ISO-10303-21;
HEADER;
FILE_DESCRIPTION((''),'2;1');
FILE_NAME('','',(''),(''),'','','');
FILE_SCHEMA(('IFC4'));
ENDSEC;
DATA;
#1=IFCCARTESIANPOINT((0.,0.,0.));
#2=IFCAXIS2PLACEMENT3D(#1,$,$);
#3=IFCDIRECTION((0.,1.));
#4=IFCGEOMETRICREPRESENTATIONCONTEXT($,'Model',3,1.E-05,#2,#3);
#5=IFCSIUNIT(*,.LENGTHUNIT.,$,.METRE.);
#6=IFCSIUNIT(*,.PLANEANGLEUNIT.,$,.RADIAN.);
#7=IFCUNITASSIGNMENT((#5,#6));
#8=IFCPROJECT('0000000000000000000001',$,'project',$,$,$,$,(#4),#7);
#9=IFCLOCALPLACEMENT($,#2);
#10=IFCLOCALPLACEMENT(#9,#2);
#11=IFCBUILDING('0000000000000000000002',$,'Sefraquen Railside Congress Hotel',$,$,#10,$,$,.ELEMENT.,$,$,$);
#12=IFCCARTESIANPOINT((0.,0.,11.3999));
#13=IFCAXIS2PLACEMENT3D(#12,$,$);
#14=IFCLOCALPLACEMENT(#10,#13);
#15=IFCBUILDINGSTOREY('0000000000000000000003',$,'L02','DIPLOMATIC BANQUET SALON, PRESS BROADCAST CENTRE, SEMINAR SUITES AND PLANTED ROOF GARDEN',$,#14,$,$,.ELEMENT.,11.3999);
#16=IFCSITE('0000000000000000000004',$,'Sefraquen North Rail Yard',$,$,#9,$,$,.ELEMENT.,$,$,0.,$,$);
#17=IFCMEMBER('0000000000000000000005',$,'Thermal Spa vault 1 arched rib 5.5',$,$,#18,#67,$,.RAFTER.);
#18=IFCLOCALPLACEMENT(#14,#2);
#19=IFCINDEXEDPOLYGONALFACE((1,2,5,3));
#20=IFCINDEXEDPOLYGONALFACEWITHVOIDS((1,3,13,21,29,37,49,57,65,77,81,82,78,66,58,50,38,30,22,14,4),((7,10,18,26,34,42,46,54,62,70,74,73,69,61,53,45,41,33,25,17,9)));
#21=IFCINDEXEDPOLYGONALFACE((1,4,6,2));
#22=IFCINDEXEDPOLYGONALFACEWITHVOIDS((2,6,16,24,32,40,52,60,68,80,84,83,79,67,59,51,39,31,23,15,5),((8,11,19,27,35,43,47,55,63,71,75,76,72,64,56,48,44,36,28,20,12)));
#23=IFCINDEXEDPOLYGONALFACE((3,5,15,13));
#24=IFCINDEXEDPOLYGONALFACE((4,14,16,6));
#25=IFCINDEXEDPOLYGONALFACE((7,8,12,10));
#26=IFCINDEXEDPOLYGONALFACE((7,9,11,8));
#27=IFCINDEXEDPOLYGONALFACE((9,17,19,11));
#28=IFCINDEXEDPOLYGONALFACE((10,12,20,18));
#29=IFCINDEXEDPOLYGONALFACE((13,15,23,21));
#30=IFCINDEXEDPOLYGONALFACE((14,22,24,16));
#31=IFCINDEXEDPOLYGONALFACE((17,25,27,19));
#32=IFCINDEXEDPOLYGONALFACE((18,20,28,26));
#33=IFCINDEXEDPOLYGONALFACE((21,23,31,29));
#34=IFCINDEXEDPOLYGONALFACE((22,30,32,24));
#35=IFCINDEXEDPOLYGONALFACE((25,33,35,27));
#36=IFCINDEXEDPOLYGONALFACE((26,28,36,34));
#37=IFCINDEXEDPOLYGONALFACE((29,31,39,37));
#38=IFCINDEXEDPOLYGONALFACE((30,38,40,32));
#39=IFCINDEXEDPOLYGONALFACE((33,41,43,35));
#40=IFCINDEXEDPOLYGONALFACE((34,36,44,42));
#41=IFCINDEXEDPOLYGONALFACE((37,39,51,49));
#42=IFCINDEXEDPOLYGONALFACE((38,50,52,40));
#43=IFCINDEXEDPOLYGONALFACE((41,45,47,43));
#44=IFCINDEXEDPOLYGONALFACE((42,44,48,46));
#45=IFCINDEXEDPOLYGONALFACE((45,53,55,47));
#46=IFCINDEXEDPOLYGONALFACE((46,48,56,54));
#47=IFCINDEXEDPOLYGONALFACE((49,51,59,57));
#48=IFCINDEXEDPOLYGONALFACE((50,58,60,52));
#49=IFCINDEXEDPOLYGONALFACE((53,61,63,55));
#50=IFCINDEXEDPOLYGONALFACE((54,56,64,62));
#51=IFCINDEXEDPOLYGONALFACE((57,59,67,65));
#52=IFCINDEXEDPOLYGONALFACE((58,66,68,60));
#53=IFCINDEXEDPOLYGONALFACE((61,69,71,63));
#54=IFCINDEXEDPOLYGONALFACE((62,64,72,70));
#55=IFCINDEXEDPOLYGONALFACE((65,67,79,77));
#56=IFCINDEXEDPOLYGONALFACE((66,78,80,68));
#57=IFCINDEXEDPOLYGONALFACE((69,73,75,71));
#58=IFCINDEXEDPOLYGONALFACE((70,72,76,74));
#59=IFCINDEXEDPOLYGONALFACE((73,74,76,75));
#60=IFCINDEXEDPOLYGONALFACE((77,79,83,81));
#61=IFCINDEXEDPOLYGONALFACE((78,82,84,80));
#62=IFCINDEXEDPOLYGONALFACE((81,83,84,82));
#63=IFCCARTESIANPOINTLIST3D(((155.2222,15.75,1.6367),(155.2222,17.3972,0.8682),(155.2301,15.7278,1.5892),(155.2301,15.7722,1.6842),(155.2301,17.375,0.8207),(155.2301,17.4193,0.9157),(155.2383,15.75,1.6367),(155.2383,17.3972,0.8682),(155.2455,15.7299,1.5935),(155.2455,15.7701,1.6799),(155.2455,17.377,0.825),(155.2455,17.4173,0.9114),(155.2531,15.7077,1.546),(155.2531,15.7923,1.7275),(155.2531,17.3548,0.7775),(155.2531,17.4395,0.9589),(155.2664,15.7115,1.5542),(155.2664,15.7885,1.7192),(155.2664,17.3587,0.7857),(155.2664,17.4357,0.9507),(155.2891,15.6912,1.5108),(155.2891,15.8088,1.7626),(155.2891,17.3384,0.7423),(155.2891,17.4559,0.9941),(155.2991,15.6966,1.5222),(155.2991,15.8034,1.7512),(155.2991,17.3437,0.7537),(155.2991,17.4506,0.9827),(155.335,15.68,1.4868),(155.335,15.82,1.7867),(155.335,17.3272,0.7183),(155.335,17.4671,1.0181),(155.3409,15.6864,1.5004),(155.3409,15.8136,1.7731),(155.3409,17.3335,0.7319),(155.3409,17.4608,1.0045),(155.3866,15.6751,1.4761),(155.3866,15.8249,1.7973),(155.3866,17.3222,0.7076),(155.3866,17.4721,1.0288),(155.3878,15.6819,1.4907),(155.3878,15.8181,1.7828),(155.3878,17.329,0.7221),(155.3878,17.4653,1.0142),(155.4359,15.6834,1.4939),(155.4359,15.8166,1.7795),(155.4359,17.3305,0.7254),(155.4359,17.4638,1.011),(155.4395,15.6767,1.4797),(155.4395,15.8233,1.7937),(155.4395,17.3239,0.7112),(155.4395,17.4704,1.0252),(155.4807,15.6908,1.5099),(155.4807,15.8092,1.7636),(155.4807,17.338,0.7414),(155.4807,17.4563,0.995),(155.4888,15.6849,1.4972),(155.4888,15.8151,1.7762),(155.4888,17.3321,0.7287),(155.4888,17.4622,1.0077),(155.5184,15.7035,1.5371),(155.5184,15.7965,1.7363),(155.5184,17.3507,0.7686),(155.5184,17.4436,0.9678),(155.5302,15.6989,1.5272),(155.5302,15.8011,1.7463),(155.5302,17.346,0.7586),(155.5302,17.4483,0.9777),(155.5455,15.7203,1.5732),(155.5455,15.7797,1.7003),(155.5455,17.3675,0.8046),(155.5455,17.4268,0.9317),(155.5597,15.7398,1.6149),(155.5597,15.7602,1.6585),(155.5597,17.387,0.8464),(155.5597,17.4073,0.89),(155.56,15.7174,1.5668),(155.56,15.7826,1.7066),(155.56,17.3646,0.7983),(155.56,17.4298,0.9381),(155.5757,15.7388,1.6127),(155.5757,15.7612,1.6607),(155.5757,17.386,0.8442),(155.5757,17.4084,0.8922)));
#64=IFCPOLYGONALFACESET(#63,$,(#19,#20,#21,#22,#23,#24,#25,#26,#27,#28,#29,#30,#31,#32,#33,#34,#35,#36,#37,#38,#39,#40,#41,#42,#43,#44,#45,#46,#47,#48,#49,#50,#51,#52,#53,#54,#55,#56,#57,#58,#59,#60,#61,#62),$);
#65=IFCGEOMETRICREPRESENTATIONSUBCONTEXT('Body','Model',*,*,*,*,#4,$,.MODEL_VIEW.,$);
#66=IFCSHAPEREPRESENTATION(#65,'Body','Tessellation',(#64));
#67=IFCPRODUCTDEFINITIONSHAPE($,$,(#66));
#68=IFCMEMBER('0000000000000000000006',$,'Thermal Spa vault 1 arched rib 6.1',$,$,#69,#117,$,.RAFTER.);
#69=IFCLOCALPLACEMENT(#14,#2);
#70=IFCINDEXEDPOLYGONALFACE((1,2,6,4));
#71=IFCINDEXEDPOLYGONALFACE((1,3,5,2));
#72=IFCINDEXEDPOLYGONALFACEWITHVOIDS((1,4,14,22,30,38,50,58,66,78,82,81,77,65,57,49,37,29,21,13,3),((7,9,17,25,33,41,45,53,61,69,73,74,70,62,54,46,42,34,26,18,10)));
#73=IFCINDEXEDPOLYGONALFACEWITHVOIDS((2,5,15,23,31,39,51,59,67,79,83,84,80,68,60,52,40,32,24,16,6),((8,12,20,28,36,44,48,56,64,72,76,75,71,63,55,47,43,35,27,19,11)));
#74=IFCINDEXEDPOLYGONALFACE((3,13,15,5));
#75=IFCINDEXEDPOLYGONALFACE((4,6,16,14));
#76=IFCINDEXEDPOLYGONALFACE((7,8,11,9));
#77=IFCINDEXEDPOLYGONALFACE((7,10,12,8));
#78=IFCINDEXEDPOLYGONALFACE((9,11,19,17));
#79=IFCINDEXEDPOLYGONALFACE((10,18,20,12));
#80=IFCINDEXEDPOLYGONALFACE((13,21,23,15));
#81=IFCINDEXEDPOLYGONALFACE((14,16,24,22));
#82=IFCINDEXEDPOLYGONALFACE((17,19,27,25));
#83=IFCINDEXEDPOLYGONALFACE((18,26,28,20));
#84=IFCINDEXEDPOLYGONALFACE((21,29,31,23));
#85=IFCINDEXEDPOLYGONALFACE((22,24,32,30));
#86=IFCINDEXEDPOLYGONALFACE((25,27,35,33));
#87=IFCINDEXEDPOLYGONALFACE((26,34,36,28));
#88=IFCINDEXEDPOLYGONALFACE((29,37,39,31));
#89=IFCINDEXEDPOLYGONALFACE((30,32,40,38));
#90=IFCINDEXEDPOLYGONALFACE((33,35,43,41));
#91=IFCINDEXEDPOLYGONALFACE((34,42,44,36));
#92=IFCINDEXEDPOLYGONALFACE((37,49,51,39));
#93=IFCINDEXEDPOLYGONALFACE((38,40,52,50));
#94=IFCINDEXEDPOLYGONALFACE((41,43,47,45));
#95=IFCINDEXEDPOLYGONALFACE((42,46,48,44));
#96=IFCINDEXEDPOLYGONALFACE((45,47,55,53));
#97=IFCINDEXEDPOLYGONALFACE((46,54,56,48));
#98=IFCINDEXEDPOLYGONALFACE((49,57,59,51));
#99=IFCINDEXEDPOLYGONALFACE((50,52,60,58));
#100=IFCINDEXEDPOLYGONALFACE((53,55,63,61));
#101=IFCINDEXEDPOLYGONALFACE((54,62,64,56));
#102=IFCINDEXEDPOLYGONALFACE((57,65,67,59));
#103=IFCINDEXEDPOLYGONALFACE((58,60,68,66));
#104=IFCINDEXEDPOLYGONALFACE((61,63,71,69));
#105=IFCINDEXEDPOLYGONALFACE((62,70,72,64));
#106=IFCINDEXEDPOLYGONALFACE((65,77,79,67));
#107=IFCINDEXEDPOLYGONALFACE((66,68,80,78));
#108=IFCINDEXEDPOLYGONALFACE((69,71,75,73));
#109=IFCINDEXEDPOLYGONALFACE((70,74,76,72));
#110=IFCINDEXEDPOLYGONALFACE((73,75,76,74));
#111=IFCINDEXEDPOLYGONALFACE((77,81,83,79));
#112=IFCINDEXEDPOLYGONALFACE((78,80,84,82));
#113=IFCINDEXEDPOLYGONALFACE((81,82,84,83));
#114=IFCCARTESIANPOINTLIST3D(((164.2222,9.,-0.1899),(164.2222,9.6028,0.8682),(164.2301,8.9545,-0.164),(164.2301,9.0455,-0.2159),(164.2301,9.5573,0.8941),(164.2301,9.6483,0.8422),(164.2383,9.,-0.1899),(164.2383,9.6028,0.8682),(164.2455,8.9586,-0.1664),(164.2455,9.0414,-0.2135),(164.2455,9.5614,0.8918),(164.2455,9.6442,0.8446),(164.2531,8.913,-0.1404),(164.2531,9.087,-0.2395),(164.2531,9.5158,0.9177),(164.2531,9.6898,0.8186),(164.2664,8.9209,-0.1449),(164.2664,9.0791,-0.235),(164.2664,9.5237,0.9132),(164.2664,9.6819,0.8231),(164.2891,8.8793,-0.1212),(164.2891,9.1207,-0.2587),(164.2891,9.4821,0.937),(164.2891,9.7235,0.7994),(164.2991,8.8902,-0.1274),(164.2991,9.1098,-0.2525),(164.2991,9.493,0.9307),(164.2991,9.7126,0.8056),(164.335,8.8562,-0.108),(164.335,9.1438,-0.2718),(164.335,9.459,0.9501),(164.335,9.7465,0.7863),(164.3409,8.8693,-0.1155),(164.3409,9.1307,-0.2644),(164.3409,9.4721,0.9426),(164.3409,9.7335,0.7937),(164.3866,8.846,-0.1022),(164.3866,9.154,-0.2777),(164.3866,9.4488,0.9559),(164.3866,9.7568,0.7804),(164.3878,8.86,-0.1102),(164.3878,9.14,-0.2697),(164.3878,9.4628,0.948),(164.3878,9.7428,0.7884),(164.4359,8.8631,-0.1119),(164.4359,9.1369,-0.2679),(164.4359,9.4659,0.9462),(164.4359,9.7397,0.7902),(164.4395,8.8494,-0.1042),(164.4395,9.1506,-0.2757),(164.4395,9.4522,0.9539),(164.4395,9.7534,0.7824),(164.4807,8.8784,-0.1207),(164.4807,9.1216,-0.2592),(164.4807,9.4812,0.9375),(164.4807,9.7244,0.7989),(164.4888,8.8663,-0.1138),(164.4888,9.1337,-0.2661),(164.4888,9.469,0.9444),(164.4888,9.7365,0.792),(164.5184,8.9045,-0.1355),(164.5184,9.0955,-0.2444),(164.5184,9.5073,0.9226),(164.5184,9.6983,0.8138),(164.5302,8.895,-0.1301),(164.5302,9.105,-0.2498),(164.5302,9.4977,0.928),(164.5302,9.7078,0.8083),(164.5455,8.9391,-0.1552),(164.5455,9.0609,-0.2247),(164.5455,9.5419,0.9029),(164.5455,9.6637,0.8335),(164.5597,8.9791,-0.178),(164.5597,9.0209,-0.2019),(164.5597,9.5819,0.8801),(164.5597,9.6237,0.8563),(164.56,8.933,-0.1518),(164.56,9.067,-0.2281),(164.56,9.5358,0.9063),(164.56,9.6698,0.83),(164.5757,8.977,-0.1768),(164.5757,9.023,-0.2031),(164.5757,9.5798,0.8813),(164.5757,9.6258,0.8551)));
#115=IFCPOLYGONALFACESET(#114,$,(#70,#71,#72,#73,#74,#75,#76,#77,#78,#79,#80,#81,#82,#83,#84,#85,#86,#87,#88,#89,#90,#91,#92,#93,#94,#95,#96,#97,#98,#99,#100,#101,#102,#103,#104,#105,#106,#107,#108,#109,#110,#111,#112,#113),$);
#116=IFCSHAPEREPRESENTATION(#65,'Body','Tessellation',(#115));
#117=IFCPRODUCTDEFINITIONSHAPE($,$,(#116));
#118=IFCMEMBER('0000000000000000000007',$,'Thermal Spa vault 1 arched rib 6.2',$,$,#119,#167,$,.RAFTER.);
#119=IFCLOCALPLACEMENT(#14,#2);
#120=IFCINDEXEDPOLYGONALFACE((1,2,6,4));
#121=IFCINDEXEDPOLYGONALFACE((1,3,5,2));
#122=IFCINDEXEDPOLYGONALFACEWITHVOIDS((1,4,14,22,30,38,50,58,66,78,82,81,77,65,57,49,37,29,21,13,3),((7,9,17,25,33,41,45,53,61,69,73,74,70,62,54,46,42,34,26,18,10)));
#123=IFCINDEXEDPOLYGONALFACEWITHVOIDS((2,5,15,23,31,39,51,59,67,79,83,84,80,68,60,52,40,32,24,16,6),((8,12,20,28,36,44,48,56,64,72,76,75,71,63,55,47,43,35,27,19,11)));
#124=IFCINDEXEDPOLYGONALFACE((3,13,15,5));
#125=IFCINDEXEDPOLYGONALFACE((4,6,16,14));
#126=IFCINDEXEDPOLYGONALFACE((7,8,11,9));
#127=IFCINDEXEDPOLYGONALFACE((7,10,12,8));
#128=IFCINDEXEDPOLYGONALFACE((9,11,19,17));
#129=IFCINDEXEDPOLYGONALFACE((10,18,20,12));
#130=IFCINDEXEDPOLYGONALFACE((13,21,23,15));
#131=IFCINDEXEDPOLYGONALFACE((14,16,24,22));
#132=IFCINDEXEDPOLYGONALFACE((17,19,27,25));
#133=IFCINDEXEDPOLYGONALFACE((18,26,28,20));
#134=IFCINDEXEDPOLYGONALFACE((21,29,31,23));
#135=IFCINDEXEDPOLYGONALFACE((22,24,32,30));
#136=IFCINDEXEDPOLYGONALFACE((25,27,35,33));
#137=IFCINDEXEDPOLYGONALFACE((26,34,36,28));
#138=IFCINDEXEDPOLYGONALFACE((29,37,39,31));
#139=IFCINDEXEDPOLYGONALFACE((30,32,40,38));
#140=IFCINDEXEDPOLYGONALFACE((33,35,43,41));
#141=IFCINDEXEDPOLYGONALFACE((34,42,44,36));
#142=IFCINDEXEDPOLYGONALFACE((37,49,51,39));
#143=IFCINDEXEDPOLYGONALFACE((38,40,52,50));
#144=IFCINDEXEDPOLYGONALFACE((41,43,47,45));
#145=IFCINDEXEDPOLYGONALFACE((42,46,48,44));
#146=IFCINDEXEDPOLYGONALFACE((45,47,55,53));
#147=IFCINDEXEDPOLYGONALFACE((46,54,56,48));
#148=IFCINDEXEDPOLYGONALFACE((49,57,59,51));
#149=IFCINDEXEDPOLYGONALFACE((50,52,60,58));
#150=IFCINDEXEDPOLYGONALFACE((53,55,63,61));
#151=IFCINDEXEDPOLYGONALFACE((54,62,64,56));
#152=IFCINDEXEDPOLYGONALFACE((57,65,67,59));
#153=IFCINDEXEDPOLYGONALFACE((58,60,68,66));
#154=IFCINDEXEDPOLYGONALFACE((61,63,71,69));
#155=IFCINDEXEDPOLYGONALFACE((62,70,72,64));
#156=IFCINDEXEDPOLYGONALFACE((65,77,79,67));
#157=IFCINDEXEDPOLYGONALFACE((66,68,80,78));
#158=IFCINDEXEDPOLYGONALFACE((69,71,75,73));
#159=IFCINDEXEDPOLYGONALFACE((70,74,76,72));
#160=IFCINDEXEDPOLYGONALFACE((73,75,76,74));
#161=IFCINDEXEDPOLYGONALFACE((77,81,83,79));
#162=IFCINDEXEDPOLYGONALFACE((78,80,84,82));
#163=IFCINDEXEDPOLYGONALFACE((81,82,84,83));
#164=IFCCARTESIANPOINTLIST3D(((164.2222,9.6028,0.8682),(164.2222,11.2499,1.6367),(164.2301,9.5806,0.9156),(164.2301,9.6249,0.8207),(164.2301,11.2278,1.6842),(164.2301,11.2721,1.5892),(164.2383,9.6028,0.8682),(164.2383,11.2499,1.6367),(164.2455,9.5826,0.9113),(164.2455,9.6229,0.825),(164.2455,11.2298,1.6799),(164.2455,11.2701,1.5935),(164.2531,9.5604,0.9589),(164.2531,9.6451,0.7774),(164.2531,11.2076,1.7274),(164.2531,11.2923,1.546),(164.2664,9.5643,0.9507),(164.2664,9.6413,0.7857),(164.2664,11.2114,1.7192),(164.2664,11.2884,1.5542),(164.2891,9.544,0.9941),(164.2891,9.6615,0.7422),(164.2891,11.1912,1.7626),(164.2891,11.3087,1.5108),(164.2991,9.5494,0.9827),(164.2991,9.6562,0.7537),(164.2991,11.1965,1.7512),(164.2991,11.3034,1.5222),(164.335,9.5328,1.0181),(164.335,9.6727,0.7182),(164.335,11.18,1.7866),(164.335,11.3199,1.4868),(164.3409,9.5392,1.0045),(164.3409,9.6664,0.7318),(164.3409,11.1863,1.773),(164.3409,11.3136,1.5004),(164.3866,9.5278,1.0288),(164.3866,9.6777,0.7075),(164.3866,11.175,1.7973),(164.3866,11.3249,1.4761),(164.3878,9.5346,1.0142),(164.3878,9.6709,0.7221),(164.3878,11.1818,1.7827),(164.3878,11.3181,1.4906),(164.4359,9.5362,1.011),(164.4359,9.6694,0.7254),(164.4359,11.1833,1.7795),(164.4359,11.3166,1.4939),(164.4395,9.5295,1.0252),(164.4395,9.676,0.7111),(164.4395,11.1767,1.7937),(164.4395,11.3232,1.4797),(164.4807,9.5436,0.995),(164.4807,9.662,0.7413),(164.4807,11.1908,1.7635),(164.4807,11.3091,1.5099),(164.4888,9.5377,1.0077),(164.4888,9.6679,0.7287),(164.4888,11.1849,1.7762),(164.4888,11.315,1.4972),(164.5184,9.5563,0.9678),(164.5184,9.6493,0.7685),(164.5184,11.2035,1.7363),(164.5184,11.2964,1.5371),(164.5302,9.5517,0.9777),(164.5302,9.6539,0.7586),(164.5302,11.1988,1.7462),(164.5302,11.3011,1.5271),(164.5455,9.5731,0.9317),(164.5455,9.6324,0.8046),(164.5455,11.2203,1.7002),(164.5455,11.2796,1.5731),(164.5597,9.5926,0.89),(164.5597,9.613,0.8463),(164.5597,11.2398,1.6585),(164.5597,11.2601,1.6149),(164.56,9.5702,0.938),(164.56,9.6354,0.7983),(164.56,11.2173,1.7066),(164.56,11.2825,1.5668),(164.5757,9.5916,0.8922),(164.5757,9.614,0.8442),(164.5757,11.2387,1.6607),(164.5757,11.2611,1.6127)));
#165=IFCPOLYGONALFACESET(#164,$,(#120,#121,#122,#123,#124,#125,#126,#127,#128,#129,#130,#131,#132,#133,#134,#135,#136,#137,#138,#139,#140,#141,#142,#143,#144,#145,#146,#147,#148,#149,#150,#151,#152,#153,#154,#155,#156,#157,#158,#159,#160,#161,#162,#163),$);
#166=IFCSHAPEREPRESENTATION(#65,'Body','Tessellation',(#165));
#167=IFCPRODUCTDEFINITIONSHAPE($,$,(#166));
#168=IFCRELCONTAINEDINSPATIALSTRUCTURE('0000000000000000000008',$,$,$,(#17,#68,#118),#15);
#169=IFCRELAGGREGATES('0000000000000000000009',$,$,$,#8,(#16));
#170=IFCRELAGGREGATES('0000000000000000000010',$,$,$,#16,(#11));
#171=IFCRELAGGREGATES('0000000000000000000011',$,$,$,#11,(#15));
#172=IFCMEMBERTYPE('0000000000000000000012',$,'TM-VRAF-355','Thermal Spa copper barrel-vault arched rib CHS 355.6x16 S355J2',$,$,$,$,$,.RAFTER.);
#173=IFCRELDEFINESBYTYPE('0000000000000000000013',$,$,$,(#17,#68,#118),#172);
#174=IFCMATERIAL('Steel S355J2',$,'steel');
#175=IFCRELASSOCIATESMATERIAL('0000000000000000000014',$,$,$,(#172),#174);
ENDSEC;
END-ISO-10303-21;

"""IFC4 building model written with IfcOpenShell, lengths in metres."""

from ifc_helpers import new_model, si_unit, direction, frame, origin, origin_2d, place, context, subcontext, project, spatial, hollow_circle, extrude, material, material_profile, profile_set, type_object, element, save


model = new_model("IFC4")

# Units and contexts
model_context = context("Model", 3, precision=1e-05, world=origin(), true_north=direction((0.0, 1.0)))
body_context = subcontext(model_context, "Body", "Model", "MODEL_VIEW")
ifc_project = project(units=[si_unit("LENGTHUNIT", "METRE"), si_unit("PLANEANGLEUNIT", "RADIAN")], contexts=[model_context])

# Site, building, storey
site_placement = place(None, origin())
site = spatial("IfcSite", under=ifc_project, at=site_placement, Name="Sefraquen North Rail Yard", CompositionType="ELEMENT", RefElevation=0.0)
building_placement = place(site_placement, origin())
building = spatial("IfcBuilding", under=site, at=building_placement, Name="Sefraquen Railside Congress Hotel", CompositionType="ELEMENT")
storey_placement = place(building_placement, frame((0.0, 0.0, 11.3999)))
storey = spatial("IfcBuildingStorey", under=building, at=storey_placement, Name="L02", Description="DIPLOMATIC BANQUET SALON, PRESS BROADCAST CENTRE, SEMINAR SUITES AND PLANTED ROOF GARDEN", CompositionType="ELEMENT", Elevation=11.3999)

# Members
ifc_material_1 = material(Name="Steel S355J2", Category="steel")
ifc_material_profile_1 = material_profile(ifc_material_1, hollow_circle(Radius=0.1777, WallThickness=0.0161, at=origin_2d()), Name="CHS 355.6x16")
ifc_profile_set_1 = profile_set([ifc_material_profile_1], Name="Steel S355J2")
member_type = type_object("IfcMemberType", Name="TM-VRAF-355", Description="Thermal Spa copper barrel-vault arched rib CHS 355.6x16 S355J2", PredefinedType="RAFTER", material=ifc_profile_set_1)
member_1_placement = place(storey_placement, frame((155.3999, 15.75, 1.6367), z_axis=(0.0, 0.906214, -0.422819), x_axis=(-1.0, 0.0, 0.0)))
element("IfcMember", 1, at=member_1_placement, inside=storey, type_object=member_type, Name="Thermal Spa vault 1 arched rib 5.5", PredefinedType="RAFTER", context=body_context, shape_type="SweptSolid", body=[
    extrude(hollow_circle(Radius=0.1777, WallThickness=0.0161, at=origin_2d()), origin(), (0.0, 0.0, 1.0), 1.8176),
])
member_2_placement = place(storey_placement, frame((164.3999, 9.0, -0.1899), z_axis=(0.0, 0.494994, 0.868896), x_axis=(-1.0, 0.0, 0.0)))
element("IfcMember", 2, at=member_2_placement, inside=storey, type_object=member_type, Name="Thermal Spa vault 1 arched rib 6.1", PredefinedType="RAFTER", context=body_context, shape_type="SweptSolid", body=[
    extrude(hollow_circle(Radius=0.1777, WallThickness=0.0161, at=origin_2d()), origin(), (0.0, 0.0, 1.0), 1.2178),
])
member_3_placement = place(storey_placement, frame((164.3999, 9.6028, 0.8682), z_axis=(0.0, 0.906214, 0.422819), x_axis=(-1.0, 0.0, 0.0)))
element("IfcMember", 3, at=member_3_placement, inside=storey, type_object=member_type, Name="Thermal Spa vault 1 arched rib 6.2", PredefinedType="RAFTER", context=body_context, shape_type="SweptSolid", body=[
    extrude(hollow_circle(Radius=0.1777, WallThickness=0.0161, at=origin_2d()), origin(), (0.0, 0.0, 1.0), 1.8176),
])

save(model, "model.ifc")
